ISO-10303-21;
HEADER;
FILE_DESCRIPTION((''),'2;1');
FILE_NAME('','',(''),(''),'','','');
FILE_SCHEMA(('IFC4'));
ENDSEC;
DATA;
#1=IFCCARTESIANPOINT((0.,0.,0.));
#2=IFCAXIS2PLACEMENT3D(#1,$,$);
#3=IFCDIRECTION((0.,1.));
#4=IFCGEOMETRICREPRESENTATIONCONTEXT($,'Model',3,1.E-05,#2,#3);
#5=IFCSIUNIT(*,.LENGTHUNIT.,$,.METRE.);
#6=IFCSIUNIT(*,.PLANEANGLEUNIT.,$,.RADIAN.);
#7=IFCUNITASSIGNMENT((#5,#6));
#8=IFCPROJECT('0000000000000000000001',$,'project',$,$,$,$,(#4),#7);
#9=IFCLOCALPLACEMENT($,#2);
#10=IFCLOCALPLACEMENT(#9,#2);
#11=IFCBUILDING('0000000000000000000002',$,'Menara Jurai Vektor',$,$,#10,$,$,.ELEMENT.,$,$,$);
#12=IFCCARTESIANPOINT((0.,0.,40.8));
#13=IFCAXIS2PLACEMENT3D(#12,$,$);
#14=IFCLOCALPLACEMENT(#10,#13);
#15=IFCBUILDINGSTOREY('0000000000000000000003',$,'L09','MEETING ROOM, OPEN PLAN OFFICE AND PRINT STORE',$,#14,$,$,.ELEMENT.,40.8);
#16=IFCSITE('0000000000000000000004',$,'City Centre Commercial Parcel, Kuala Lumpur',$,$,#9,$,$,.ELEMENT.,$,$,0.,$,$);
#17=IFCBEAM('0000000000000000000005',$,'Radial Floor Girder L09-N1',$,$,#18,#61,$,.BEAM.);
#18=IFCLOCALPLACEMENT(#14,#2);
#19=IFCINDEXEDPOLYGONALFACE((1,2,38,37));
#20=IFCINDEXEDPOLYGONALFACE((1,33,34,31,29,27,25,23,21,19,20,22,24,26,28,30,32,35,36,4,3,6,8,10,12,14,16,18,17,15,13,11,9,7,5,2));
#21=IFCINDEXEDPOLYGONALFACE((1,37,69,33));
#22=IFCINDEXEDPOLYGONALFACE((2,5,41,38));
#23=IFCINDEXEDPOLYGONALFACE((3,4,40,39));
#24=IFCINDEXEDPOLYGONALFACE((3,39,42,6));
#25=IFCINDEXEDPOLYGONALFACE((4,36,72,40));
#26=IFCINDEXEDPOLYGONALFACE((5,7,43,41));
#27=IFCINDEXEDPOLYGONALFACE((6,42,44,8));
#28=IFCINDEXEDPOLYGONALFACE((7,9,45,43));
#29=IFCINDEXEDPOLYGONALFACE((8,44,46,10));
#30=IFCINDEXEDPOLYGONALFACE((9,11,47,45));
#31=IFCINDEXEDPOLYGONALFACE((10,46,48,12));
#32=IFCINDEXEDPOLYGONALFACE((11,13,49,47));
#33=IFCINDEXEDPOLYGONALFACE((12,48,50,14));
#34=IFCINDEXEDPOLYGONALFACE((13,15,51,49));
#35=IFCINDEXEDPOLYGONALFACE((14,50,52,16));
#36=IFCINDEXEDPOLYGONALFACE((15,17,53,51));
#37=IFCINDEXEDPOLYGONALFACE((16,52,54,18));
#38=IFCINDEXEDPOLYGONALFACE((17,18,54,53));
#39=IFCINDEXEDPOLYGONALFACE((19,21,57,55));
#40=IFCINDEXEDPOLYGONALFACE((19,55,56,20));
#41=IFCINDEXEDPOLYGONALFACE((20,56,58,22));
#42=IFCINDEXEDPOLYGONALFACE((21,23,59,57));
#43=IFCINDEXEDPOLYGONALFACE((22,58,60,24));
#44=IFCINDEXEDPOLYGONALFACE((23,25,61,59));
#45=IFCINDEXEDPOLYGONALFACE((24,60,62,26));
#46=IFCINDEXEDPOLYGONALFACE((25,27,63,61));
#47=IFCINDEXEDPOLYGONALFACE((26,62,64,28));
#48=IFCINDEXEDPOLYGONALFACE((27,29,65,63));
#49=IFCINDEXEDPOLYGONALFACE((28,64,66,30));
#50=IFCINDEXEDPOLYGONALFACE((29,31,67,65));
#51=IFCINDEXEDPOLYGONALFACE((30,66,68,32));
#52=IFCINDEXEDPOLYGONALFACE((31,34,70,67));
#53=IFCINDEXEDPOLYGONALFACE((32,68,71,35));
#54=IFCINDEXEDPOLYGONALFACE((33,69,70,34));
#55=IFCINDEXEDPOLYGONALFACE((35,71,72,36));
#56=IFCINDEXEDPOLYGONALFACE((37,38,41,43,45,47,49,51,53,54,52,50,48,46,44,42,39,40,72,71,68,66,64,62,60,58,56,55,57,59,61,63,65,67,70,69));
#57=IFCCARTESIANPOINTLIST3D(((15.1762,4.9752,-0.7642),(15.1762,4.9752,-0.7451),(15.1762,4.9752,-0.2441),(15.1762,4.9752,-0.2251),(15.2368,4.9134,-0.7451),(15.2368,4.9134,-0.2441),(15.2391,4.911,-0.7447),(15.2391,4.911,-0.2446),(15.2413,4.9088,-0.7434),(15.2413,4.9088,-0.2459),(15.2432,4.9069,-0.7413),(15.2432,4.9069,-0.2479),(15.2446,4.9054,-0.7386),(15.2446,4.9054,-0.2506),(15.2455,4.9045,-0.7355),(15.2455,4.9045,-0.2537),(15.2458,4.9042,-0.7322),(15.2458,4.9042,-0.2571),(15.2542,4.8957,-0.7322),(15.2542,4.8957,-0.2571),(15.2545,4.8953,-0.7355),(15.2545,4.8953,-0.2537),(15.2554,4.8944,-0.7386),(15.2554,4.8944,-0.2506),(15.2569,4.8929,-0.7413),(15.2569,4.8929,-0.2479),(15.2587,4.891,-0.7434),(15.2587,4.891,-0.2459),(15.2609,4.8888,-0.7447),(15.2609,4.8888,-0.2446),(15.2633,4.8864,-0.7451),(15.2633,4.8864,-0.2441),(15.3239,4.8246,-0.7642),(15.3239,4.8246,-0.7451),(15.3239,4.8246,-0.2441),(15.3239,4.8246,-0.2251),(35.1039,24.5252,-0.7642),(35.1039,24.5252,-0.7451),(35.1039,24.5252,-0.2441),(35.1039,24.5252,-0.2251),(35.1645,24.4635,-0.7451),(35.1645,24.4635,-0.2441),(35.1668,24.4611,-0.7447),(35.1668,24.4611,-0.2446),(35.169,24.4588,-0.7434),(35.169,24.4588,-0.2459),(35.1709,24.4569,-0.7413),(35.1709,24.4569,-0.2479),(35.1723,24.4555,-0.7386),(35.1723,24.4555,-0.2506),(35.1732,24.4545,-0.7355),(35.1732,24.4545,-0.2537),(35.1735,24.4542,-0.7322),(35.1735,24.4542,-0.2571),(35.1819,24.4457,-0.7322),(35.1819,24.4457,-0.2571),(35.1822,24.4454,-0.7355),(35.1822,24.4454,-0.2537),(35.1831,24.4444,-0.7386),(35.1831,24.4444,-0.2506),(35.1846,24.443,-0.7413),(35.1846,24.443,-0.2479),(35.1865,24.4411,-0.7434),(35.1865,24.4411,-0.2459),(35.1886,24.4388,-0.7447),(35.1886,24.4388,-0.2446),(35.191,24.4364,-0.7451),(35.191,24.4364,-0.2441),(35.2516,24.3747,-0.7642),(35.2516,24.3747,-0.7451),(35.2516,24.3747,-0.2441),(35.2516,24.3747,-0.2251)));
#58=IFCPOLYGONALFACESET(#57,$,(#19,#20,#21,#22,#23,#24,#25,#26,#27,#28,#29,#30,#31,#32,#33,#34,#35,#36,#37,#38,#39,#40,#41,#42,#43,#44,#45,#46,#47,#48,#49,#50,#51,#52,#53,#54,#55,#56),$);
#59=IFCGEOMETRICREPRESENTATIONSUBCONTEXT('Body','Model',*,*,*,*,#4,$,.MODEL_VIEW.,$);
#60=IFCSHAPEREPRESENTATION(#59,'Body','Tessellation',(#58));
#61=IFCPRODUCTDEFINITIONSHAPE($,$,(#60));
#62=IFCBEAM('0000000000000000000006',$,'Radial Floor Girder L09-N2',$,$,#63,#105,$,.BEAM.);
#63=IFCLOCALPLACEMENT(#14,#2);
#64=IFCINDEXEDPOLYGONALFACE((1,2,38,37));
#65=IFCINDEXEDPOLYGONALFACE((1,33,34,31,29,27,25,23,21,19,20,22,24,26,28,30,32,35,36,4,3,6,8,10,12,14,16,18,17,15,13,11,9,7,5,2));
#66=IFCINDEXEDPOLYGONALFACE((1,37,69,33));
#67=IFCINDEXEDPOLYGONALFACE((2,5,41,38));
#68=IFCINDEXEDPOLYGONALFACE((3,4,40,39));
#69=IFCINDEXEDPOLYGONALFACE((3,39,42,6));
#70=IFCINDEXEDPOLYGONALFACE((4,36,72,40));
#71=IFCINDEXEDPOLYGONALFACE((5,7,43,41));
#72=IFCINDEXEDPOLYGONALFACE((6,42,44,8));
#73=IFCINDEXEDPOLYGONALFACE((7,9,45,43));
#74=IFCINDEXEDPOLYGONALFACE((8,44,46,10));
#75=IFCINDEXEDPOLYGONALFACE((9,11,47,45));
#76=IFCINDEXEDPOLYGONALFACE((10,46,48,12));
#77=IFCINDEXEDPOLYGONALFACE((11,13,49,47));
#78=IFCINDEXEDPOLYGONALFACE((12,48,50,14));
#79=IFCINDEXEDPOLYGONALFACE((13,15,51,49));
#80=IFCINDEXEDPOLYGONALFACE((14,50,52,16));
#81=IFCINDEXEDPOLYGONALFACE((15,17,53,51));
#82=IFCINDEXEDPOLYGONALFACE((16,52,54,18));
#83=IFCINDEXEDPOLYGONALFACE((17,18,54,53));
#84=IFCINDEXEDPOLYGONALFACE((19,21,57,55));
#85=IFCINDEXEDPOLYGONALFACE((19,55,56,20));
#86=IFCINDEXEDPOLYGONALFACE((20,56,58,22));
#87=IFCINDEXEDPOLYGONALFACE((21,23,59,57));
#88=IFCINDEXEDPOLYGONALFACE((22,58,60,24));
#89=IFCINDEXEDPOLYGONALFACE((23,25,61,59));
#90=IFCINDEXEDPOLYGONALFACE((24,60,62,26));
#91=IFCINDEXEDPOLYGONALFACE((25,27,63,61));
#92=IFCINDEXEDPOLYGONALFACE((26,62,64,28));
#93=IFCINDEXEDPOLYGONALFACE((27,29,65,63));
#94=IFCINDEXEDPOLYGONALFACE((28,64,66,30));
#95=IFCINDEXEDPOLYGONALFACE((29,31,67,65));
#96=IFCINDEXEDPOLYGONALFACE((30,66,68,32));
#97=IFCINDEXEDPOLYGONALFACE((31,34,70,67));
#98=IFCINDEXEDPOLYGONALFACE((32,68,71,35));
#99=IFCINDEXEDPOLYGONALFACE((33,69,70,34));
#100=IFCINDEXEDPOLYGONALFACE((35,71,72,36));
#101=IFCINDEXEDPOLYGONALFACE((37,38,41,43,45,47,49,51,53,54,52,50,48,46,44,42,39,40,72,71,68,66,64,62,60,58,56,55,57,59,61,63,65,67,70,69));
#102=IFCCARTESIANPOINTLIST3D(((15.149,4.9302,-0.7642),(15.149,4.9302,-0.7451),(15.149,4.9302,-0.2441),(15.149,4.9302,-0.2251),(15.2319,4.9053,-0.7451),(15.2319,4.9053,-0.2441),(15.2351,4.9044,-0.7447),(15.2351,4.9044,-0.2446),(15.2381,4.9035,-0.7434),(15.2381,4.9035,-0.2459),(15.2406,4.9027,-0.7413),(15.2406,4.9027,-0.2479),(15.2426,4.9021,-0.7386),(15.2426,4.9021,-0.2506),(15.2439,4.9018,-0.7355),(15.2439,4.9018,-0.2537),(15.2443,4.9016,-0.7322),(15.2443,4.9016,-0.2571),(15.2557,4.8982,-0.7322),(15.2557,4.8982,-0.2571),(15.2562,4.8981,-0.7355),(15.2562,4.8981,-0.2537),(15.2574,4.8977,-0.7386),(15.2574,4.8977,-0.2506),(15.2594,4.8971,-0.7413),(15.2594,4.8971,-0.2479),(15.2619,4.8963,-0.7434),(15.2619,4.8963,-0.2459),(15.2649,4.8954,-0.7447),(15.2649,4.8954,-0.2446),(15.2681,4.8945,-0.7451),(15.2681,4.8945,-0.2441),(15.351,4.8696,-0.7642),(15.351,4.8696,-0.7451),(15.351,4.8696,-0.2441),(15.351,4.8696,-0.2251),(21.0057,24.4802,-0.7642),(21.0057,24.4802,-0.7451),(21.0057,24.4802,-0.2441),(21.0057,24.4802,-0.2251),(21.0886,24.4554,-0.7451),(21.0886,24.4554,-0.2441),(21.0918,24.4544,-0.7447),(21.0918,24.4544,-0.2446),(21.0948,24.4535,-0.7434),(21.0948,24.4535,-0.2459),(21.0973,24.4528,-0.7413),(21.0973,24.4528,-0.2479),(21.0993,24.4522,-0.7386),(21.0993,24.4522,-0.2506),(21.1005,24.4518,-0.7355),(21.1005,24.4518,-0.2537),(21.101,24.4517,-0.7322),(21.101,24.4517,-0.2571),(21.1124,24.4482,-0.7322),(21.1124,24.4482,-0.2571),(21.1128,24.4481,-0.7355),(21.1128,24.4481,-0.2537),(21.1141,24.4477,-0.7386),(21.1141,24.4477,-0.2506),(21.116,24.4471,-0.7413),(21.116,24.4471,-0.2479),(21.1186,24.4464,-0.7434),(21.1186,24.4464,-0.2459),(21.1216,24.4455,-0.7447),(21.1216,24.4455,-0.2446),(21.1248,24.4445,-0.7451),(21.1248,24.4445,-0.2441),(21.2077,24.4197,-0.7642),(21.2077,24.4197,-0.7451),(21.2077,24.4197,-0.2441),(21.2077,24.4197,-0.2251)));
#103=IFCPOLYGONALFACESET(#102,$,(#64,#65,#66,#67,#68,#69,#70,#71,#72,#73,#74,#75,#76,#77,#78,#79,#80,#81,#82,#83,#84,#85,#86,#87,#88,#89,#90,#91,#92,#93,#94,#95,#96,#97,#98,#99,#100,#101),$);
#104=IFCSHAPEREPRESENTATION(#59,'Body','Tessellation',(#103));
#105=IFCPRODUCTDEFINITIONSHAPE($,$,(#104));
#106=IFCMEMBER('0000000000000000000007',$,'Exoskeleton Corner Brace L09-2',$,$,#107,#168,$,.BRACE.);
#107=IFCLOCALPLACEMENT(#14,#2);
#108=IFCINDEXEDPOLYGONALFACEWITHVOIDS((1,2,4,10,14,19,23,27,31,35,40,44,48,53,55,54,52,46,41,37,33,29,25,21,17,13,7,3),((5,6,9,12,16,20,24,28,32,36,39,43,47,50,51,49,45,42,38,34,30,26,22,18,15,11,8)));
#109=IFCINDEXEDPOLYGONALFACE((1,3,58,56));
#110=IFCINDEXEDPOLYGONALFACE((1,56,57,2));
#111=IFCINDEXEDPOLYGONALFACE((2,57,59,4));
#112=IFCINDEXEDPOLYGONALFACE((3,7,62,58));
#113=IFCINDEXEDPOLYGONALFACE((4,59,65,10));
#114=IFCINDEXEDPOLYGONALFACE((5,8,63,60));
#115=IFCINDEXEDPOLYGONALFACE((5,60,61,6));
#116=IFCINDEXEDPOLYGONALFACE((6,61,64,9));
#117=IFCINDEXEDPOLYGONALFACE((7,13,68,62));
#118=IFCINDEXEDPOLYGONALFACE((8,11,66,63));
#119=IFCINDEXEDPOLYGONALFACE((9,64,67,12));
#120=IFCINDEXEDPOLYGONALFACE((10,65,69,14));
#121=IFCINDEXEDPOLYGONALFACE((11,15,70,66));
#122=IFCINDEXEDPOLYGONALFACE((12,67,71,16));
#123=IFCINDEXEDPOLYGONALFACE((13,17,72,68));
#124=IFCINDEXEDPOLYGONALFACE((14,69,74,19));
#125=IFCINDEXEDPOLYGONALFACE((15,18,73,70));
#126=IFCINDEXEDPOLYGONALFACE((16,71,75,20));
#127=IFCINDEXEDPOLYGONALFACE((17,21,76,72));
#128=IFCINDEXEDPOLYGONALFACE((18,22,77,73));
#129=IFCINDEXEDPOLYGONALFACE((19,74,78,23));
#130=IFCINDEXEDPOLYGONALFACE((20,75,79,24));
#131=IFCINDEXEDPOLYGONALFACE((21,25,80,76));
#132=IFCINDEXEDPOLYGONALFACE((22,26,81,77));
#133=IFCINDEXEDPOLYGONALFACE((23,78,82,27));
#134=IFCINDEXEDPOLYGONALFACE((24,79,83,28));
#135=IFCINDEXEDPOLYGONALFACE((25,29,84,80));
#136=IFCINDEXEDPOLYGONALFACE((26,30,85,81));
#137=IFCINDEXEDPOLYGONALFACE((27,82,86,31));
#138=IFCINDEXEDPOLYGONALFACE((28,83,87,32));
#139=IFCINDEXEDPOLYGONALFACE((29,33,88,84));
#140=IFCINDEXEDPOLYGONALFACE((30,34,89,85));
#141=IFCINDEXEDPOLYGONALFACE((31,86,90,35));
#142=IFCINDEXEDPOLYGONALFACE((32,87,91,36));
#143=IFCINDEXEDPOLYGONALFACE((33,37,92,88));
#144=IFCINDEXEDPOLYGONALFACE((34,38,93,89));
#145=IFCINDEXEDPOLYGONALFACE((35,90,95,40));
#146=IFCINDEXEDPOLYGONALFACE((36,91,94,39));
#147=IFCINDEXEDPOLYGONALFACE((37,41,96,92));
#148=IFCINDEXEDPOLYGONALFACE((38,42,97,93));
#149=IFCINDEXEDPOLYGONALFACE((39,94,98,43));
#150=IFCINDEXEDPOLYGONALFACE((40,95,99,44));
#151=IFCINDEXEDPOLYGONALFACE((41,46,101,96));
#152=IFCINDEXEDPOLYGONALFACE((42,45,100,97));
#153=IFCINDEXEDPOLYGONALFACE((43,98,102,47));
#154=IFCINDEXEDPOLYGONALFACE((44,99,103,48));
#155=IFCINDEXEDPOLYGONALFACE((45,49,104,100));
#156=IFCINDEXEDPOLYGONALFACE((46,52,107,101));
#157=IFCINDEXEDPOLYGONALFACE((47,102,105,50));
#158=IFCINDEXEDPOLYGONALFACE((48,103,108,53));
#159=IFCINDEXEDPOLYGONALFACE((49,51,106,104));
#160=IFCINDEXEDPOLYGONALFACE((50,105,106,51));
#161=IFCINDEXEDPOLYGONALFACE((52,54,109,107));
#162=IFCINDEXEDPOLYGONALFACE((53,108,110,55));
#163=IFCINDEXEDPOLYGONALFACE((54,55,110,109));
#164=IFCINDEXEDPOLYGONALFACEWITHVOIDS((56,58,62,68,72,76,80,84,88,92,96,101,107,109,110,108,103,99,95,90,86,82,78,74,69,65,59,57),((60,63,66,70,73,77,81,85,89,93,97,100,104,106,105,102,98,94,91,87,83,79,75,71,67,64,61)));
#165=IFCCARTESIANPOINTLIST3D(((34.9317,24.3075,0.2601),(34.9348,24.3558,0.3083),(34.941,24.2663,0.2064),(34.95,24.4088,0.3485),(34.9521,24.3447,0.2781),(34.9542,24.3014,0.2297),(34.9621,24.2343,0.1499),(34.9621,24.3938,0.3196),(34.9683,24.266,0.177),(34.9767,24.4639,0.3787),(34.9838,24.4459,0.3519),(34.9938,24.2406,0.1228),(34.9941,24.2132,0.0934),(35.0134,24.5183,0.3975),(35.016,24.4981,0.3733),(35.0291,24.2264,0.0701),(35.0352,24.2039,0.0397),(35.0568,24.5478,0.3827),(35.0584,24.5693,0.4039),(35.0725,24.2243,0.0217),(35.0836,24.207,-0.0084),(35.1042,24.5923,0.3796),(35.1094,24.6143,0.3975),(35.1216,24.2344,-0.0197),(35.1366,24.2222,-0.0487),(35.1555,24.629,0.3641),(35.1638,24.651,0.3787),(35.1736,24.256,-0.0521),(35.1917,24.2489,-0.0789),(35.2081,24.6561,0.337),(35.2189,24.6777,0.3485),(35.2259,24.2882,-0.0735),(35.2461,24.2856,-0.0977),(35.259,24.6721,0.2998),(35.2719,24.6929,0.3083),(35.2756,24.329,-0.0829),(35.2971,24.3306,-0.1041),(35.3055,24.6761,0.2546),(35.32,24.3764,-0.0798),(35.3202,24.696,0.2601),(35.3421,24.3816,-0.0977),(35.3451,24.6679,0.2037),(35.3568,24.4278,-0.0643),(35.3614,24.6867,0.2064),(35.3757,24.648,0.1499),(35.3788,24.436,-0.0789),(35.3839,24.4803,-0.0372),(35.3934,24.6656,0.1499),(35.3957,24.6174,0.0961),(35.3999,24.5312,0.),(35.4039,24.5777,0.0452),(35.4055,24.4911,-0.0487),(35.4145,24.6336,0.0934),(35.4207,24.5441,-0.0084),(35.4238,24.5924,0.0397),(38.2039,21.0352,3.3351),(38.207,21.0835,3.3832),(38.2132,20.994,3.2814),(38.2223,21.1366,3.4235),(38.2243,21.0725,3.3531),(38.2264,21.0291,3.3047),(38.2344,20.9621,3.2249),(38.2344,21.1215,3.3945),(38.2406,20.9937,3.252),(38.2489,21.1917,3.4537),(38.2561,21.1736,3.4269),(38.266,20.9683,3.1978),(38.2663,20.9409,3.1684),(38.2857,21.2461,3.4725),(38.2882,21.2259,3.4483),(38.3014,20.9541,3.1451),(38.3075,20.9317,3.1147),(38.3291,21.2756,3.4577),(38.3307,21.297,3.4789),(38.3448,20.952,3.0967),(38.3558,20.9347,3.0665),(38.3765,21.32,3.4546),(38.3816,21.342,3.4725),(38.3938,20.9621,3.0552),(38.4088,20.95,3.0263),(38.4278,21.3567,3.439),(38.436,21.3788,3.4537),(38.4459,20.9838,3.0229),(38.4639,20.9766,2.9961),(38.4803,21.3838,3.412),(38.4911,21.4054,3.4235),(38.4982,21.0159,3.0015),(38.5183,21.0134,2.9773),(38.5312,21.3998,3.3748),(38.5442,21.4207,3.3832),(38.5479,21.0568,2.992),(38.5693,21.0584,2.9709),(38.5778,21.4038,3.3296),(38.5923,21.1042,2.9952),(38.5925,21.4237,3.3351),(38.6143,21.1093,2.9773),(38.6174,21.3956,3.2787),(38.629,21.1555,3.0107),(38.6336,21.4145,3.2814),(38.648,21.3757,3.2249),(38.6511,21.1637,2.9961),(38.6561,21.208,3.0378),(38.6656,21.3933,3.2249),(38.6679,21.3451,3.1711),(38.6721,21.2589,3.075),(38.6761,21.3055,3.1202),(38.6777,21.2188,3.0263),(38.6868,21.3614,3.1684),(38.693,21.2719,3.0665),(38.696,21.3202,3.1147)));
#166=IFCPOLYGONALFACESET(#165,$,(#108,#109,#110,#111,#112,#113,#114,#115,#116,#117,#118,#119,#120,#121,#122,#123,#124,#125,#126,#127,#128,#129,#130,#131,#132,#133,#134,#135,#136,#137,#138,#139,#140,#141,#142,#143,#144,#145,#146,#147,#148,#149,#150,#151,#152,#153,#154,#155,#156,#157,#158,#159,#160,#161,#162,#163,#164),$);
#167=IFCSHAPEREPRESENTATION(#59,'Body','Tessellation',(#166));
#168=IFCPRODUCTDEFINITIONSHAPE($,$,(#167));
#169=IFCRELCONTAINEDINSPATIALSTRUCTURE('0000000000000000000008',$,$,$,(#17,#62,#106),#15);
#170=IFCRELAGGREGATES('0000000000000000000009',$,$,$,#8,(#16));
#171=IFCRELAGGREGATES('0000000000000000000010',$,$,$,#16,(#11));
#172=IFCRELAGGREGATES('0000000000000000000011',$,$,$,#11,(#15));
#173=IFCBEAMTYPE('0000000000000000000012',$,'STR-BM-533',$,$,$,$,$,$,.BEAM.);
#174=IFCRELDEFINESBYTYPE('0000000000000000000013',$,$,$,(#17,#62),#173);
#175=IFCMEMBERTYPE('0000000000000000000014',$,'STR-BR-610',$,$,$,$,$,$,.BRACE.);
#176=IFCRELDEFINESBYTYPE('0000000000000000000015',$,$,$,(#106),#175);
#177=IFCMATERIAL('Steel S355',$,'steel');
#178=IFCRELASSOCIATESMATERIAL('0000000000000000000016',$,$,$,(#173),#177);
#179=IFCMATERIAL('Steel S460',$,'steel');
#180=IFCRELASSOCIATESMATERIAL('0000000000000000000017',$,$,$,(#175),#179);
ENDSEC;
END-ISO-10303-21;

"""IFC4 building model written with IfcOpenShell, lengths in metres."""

from ifc_helpers import new_model, si_unit, direction, frame, origin, origin_2d, place, context, subcontext, project, spatial, hollow_circle, i_section, extrude, material, material_profile, profile_set, type_object, element, save


model = new_model("IFC4")

# Units and contexts
model_context = context("Model", 3, precision=1e-05, world=origin(), true_north=direction((0.0, 1.0)))
body_context = subcontext(model_context, "Body", "Model", "MODEL_VIEW")
ifc_project = project(units=[si_unit("LENGTHUNIT", "METRE"), si_unit("PLANEANGLEUNIT", "RADIAN")], contexts=[model_context])

# Site, building, storey
site_placement = place(None, origin())
site = spatial("IfcSite", under=ifc_project, at=site_placement, Name="City Centre Commercial Parcel, Kuala Lumpur", CompositionType="ELEMENT", RefElevation=0.0)
building_placement = place(site_placement, origin())
building = spatial("IfcBuilding", under=site, at=building_placement, Name="Menara Jurai Vektor", CompositionType="ELEMENT")
storey_placement = place(building_placement, frame((0.0, 0.0, 40.8)))
storey = spatial("IfcBuildingStorey", under=building, at=storey_placement, Name="L09", Description="MEETING ROOM, OPEN PLAN OFFICE AND PRINT STORE", CompositionType="ELEMENT", Elevation=40.8)

# Shared definitions
ifc_material_1 = material(Name="Steel S460", Category="steel")

# Beams
ifc_material_2 = material(Name="Steel S355", Category="steel")
ifc_material_profile_1 = material_profile(ifc_material_2, i_section(OverallWidth=0.2109, OverallDepth=0.5391, WebThickness=0.012, FlangeThickness=0.019, FilletRadius=0.0129, at=origin_2d()), Name="UKB 533x210x109")
ifc_profile_set_1 = profile_set([ifc_material_profile_1], Name="Steel S355")
beam_type_1 = type_object("IfcBeamType", Name="STR-BM-533", PredefinedType="BEAM", material=ifc_profile_set_1)
beam_1_placement = place(storey_placement, frame((35.1777, 24.45, -0.4946), z_axis=(-0.713839, -0.70031, 0.0), x_axis=(0.70031, -0.713839, 0.0)))
element("IfcBeam", 1, at=beam_1_placement, inside=storey, type_object=beam_type_1, Name="Radial Floor Girder L09-N1", PredefinedType="BEAM", context=body_context, shape_type="SweptSolid", body=[
    extrude(i_section(OverallWidth=0.2109, OverallDepth=0.5391, WebThickness=0.012, FlangeThickness=0.019, FilletRadius=0.0129, at=origin_2d()), origin(), (0.0, 0.0, 1.0), 27.9163),
])
beam_2_placement = place(storey_placement, frame((21.1067, 24.45, -0.4946), z_axis=(-0.286974, -0.957938, 0.0), x_axis=(0.957938, -0.286974, 0.0)))
element("IfcBeam", 2, at=beam_2_placement, inside=storey, type_object=beam_type_1, Name="Radial Floor Girder L09-N2", PredefinedType="BEAM", context=body_context, shape_type="SweptSolid", body=[
    extrude(i_section(OverallWidth=0.2109, OverallDepth=0.5391, WebThickness=0.012, FlangeThickness=0.019, FilletRadius=0.0129, at=origin_2d()), origin(), (0.0, 0.0, 1.0), 20.4084),
])

# Member
ifc_material_profile_2 = material_profile(ifc_material_1, hollow_circle(Radius=0.3049, WallThickness=0.0249, at=origin_2d()), Name="CHS 610x25")
ifc_profile_set_2 = profile_set([ifc_material_profile_2], Name="Steel S460")
member_type_1 = type_object("IfcMemberType", Name="STR-BR-610", PredefinedType="BRACE", material=ifc_profile_set_2)
member_1_placement = place(storey_placement, frame((35.1777, 24.45, 0.1499), z_axis=(0.588942, -0.588942, 0.553438), x_axis=(0.707107, 0.707107, 0.0)))
element("IfcMember", 3, at=member_1_placement, inside=storey, type_object=member_type_1, Name="Exoskeleton Corner Brace L09-2", PredefinedType="BRACE", context=body_context, shape_type="SweptSolid", body=[
    extrude(hollow_circle(Radius=0.3049, WallThickness=0.0249, at=origin_2d()), origin(), (0.0, 0.0, 1.0), 5.5562),
])

save(model, "model.ifc")
